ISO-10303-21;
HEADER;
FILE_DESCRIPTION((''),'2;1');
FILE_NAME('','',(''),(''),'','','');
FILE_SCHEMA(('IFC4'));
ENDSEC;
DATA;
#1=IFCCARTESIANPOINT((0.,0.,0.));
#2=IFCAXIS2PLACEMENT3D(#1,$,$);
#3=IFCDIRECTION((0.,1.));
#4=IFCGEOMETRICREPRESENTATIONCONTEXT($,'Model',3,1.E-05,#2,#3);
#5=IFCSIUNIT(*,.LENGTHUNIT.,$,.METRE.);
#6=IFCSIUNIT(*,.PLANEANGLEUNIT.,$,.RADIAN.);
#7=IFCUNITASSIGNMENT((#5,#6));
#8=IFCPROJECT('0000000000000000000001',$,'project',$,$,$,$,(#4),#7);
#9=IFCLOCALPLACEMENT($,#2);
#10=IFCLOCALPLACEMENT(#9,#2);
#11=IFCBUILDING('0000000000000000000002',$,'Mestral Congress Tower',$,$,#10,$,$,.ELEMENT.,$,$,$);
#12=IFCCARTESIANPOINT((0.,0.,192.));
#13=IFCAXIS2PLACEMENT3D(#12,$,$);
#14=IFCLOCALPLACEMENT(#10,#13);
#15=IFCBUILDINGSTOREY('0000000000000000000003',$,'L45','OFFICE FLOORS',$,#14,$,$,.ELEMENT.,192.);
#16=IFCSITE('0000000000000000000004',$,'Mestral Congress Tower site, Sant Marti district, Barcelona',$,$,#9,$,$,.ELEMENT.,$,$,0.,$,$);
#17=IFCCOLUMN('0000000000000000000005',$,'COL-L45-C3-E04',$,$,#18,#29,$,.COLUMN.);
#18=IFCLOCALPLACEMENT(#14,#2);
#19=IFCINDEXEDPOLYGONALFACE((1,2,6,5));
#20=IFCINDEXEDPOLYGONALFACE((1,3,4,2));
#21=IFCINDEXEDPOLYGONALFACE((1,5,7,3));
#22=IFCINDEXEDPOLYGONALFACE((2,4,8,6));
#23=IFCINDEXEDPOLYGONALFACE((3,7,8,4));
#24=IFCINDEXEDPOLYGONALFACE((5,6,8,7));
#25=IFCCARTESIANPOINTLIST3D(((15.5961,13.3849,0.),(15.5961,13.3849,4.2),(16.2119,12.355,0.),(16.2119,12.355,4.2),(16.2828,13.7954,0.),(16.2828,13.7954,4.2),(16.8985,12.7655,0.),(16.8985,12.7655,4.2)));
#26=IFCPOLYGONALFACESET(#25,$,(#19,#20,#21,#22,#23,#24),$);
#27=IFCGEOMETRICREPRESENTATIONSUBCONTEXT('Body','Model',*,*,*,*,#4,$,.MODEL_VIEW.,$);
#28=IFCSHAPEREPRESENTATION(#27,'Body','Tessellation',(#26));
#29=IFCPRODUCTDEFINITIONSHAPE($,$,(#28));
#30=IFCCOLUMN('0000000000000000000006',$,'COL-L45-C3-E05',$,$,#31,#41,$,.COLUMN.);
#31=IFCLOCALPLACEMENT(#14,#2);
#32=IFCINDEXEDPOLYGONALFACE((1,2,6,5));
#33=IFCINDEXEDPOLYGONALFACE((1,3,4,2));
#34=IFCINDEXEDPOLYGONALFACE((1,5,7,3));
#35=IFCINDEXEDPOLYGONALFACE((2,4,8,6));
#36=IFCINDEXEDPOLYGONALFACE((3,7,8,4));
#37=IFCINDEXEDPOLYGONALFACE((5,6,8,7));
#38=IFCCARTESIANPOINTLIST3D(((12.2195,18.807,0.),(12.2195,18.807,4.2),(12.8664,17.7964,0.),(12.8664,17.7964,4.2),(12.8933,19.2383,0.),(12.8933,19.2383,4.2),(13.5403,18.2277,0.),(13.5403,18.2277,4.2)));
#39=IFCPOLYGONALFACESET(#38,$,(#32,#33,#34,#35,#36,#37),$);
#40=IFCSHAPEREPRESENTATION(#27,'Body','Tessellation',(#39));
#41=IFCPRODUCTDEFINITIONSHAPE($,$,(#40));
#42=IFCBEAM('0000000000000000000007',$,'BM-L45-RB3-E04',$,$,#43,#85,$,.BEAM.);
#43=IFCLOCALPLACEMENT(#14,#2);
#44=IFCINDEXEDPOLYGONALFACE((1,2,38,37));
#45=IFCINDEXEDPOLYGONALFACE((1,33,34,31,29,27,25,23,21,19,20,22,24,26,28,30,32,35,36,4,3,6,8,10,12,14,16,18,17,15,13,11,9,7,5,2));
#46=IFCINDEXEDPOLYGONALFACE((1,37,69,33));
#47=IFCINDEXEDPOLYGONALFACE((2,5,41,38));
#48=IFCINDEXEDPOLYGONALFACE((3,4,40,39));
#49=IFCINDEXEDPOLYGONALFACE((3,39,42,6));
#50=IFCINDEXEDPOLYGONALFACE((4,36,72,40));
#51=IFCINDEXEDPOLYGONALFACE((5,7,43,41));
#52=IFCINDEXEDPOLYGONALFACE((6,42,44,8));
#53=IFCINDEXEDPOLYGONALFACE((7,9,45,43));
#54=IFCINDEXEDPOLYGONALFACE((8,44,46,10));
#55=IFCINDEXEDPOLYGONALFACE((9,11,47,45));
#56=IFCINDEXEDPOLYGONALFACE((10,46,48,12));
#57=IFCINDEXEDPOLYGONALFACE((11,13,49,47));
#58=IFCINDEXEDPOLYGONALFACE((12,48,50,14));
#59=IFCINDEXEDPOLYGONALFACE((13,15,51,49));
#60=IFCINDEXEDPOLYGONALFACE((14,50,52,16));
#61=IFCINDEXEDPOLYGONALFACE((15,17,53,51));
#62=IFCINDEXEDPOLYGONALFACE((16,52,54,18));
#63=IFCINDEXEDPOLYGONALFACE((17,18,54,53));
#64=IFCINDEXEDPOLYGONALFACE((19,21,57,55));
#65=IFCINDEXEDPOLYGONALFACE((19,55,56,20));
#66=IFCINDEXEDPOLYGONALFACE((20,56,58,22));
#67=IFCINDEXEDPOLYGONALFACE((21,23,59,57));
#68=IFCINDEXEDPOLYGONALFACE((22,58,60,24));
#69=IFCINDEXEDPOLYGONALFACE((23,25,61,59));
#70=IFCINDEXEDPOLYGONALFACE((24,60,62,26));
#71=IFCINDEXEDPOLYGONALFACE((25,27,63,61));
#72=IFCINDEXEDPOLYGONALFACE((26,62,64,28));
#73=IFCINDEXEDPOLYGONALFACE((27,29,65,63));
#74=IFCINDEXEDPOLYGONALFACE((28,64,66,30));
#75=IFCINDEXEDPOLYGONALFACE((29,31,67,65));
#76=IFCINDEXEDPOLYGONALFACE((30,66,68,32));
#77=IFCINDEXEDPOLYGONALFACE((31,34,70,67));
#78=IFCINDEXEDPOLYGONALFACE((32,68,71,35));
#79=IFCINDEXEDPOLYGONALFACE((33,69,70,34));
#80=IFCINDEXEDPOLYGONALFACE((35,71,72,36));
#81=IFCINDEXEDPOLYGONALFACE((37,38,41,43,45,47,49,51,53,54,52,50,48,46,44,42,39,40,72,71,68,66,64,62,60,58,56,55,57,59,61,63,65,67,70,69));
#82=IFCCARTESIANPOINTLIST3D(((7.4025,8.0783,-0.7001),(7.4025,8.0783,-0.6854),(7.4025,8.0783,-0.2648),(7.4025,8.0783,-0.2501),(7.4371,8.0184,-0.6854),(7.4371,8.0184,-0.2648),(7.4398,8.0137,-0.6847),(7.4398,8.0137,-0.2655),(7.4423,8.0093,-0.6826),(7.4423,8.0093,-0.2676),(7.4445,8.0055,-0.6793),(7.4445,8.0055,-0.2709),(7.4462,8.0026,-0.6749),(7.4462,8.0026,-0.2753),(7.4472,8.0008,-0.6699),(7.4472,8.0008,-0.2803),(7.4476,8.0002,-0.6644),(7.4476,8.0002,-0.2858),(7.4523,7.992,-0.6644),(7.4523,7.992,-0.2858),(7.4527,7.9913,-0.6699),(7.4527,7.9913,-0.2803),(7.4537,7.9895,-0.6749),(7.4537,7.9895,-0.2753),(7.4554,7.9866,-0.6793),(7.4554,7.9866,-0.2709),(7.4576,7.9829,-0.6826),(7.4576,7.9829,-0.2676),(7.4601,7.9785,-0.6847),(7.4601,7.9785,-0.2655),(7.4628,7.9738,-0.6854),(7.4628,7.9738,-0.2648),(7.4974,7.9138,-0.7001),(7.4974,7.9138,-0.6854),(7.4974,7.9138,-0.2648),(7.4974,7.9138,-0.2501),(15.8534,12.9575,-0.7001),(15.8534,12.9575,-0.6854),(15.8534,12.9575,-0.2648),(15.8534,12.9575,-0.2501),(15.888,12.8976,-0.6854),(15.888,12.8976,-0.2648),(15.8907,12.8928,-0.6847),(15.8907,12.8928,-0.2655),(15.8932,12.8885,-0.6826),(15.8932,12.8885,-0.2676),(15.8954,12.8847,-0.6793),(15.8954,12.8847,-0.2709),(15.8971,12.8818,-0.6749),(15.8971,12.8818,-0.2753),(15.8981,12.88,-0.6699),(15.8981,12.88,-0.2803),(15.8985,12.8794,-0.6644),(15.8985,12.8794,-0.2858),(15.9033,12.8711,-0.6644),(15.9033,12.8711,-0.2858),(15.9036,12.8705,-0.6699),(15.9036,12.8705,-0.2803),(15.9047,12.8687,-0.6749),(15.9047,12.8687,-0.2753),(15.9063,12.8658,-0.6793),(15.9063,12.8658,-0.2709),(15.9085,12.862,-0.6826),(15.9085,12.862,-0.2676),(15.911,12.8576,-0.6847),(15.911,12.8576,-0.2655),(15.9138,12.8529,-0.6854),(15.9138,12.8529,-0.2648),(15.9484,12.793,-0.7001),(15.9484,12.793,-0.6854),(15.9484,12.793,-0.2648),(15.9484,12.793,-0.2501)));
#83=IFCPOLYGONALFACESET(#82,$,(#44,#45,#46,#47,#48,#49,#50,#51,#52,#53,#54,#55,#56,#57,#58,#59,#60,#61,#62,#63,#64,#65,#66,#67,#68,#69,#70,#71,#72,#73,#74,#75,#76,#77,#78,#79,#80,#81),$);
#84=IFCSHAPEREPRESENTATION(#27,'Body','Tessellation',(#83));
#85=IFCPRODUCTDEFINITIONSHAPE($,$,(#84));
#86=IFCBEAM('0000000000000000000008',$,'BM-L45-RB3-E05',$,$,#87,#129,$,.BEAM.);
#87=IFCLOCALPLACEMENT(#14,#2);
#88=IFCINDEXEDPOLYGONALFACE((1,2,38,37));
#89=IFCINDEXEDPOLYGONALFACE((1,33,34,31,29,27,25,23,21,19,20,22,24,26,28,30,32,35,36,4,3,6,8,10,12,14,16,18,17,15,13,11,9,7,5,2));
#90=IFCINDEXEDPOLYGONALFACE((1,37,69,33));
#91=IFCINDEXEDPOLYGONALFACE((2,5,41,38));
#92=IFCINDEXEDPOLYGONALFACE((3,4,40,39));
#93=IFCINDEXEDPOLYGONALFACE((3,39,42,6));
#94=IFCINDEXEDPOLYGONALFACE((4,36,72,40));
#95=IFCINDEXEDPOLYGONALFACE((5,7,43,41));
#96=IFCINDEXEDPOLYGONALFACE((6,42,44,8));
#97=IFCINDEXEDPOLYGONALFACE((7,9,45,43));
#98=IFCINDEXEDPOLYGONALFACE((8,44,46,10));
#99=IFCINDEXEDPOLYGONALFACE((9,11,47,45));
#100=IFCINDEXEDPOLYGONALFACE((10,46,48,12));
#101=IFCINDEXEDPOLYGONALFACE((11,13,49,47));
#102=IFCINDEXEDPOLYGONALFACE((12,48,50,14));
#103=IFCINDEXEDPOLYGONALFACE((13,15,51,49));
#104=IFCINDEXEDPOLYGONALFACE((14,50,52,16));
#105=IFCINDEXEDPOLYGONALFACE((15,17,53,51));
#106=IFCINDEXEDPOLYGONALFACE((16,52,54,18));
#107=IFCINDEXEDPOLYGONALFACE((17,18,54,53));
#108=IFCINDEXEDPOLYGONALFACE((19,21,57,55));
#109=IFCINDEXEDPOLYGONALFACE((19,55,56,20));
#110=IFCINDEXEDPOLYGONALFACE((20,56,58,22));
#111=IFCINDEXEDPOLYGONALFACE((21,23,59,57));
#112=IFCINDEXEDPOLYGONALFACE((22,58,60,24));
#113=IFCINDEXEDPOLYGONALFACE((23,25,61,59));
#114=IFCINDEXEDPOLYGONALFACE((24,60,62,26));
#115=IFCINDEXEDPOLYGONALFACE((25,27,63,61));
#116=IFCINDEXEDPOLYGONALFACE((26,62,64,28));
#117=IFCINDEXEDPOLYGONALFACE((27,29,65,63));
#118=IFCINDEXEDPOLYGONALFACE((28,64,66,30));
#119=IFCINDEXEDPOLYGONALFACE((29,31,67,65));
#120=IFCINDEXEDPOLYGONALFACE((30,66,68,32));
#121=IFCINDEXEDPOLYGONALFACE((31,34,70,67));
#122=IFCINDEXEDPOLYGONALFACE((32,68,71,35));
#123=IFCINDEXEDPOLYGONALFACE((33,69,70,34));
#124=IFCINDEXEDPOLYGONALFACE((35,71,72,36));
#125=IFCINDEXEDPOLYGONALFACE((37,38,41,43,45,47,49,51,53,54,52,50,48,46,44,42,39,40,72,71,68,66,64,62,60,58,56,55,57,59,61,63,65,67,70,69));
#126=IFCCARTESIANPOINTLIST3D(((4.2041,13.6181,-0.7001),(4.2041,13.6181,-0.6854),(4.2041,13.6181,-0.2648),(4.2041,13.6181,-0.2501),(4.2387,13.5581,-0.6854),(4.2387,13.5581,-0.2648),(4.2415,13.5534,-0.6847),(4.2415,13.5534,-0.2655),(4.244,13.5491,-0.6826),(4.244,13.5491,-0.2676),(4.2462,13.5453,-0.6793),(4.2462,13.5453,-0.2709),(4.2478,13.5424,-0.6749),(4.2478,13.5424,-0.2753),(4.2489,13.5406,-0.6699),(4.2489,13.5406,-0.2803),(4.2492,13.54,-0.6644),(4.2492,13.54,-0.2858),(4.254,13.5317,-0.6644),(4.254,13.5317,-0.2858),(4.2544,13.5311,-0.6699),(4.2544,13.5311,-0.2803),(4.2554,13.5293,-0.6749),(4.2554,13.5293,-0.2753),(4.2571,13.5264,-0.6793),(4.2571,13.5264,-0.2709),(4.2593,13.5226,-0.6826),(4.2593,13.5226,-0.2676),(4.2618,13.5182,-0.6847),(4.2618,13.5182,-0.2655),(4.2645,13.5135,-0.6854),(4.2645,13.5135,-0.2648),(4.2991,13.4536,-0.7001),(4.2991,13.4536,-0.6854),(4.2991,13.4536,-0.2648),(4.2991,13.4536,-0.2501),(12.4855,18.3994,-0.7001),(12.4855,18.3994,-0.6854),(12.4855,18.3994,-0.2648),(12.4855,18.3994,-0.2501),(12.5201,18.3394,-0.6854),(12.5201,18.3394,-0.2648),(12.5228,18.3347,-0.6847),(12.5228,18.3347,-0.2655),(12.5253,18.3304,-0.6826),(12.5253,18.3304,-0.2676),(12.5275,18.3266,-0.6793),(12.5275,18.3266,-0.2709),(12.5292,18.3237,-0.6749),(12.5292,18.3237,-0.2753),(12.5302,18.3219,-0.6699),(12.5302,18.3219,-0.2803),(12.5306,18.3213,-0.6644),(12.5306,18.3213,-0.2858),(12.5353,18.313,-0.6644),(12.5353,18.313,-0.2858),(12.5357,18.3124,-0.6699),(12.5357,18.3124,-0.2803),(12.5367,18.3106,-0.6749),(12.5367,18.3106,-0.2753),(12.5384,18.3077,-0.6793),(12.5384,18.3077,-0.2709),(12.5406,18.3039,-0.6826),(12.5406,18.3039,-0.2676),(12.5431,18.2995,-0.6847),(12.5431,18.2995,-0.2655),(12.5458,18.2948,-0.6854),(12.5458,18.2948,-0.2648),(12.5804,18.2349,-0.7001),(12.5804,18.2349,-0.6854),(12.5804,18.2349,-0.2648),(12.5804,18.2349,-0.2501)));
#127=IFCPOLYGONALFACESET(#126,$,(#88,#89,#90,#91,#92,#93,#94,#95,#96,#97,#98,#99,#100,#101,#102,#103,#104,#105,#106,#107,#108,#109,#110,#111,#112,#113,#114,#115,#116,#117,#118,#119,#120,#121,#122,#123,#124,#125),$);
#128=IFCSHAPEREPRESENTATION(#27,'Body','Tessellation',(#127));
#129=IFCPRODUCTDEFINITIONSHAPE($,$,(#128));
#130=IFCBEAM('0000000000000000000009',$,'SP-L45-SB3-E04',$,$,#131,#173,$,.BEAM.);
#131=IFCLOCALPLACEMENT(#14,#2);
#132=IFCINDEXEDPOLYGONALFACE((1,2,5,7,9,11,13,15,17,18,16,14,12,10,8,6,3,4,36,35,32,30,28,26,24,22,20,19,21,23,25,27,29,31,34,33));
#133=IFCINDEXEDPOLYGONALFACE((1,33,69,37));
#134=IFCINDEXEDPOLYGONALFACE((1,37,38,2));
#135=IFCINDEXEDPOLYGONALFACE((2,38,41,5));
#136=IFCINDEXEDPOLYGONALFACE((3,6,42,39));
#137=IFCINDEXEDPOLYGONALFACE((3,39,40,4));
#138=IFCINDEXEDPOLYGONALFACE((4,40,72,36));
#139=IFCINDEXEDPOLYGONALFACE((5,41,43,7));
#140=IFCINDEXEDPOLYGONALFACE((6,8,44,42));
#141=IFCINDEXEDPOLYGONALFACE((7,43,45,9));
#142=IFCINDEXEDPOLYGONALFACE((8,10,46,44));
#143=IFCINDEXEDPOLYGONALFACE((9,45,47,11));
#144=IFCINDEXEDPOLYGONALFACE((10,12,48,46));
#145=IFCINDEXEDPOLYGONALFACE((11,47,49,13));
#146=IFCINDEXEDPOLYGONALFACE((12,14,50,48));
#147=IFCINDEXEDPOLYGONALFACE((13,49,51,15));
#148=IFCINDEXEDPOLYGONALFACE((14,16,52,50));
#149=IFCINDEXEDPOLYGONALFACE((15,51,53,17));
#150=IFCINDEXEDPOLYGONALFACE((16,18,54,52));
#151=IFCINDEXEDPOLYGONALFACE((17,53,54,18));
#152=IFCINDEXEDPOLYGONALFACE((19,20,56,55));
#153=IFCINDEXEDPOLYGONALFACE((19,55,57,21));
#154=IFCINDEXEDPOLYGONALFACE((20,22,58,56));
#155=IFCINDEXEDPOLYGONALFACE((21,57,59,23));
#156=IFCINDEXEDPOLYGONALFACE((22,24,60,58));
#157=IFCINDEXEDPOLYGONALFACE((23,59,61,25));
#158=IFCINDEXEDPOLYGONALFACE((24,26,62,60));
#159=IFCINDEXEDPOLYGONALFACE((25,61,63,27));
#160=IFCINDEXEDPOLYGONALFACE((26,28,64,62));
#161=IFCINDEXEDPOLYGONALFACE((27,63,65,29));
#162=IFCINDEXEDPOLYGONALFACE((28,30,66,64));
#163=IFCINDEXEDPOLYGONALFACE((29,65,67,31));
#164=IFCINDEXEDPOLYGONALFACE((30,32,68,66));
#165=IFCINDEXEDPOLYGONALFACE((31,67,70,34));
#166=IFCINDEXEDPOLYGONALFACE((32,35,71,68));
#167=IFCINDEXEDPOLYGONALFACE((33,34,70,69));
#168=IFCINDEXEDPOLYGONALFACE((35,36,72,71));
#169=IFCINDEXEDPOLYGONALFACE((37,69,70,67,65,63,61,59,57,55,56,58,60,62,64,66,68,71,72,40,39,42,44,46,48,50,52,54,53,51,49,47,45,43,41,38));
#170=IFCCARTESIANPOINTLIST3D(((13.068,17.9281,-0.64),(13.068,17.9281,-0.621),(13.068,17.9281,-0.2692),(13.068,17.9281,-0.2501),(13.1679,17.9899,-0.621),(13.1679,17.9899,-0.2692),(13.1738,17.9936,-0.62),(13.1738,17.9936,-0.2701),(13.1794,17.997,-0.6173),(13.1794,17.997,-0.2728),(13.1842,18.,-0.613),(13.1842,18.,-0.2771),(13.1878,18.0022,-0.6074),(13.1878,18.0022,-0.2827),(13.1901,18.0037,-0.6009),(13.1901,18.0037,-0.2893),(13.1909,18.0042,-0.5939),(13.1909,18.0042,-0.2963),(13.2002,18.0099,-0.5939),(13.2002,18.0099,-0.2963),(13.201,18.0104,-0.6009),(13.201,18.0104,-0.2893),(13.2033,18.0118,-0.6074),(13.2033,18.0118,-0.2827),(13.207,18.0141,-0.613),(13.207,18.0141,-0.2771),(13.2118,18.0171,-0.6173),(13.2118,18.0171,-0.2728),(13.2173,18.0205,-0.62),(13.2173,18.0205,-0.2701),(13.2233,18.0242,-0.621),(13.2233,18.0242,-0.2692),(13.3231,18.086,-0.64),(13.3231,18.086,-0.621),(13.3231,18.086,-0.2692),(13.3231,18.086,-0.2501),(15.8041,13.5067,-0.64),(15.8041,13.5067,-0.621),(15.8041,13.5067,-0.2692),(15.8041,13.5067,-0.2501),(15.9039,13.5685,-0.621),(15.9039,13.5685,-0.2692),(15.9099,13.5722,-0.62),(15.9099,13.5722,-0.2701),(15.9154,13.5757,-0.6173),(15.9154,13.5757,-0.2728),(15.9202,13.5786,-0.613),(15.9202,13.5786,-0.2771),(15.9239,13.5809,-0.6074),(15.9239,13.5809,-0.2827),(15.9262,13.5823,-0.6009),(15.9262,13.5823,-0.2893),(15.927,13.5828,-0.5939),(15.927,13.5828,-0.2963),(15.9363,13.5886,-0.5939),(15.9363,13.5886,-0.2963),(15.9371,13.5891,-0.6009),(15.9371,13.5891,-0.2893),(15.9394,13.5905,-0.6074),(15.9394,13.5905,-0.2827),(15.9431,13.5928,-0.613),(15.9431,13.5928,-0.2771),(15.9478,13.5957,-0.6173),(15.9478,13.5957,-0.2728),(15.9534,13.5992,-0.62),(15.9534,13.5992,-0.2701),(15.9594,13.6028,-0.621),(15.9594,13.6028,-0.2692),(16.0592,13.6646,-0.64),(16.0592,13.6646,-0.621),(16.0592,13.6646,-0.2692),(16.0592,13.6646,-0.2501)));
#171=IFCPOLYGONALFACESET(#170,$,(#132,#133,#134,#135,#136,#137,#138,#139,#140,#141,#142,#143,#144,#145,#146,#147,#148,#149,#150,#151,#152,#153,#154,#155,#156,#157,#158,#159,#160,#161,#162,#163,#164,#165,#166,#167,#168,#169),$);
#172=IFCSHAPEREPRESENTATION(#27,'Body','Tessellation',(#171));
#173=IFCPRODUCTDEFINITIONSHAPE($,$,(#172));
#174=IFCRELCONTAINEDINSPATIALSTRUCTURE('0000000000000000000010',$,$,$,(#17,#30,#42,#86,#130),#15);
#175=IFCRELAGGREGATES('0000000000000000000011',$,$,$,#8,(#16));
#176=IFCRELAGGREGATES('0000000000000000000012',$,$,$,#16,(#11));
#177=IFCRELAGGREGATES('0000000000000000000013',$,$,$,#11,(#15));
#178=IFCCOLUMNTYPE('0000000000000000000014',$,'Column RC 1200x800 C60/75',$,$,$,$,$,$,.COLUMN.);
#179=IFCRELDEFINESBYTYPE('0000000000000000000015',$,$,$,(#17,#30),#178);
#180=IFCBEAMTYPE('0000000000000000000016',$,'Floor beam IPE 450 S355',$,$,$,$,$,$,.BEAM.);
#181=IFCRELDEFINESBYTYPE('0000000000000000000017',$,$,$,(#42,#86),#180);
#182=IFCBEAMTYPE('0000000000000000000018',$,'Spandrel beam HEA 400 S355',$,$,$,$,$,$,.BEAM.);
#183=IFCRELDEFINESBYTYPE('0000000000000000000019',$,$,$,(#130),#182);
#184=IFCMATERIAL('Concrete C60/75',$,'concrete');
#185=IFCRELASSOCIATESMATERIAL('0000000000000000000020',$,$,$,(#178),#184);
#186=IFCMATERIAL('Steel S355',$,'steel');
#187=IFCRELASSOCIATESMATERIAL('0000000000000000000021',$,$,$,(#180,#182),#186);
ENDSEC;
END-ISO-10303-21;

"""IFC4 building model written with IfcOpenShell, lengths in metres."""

from ifc_helpers import new_model, si_unit, direction, frame, origin, origin_2d, place, context, subcontext, project, spatial, rectangle, i_section, extrude, material, material_profile, profile_set, type_object, element, save


model = new_model("IFC4")

# Units and contexts
model_context = context("Model", 3, precision=1e-05, world=origin(), true_north=direction((0.0, 1.0)))
body_context = subcontext(model_context, "Body", "Model", "MODEL_VIEW")
ifc_project = project(units=[si_unit("LENGTHUNIT", "METRE"), si_unit("PLANEANGLEUNIT", "RADIAN")], contexts=[model_context])

# Site, building, storey
site_placement = place(None, origin())
site = spatial("IfcSite", under=ifc_project, at=site_placement, Name="Mestral Congress Tower site, Sant Marti district, Barcelona", CompositionType="ELEMENT", RefElevation=0.0)
building_placement = place(site_placement, origin())
building = spatial("IfcBuilding", under=site, at=building_placement, Name="Mestral Congress Tower", CompositionType="ELEMENT")
storey_placement = place(building_placement, frame((0.0, 0.0, 192.0)))
storey = spatial("IfcBuildingStorey", under=building, at=storey_placement, Name="L45", Description="OFFICE FLOORS", CompositionType="ELEMENT", Elevation=192.0)

# Columns
ifc_material_1 = material(Name="Concrete C60/75", Category="concrete")
ifc_material_profile_1 = material_profile(ifc_material_1, rectangle(XDim=1.2, YDim=0.8, at=origin_2d()), Name="RC 1200x800")
ifc_profile_set_1 = profile_set([ifc_material_profile_1], Name="Concrete C60/75")
column_type = type_object("IfcColumnType", Name="Column RC 1200x800 C60/75", PredefinedType="COLUMN", material=ifc_profile_set_1)
for number, where, z_axis, x_axis, name in (
    (1, (16.2473, 13.0752, 0.0), (0.0, 0.0, 1.0), (-0.513159, 0.858293, 0.0), "COL-L45-C3-E04"),
    (2, (12.8799, 18.5173, 0.0), (0.0, 0.0, 1.0), (-0.539115, 0.842232, 0.0), "COL-L45-C3-E05"),
):
    element("IfcColumn", number, at=place(storey_placement, frame(where, z_axis=z_axis, x_axis=x_axis)), inside=storey, type_object=column_type, Name=name, PredefinedType="COLUMN", context=body_context, shape_type="SweptSolid", body=[
        extrude(rectangle(XDim=1.2, YDim=0.8, at=origin_2d()), origin(), (0.0, 0.0, 1.0), 4.2),
    ])

# Beams
ifc_material_2 = material(Name="Steel S355", Category="steel")
ifc_material_profile_2 = material_profile(ifc_material_2, i_section(OverallWidth=0.1899, OverallDepth=0.45, WebThickness=0.0095, FlangeThickness=0.0146, FilletRadius=0.021, at=origin_2d()), Name="IPE 450")
ifc_profile_set_2 = profile_set([ifc_material_profile_2], Name="Steel S355")
beam_type_1 = type_object("IfcBeamType", Name="Floor beam IPE 450 S355", PredefinedType="BEAM", material=ifc_profile_set_2)
beam_1_placement = place(storey_placement, frame((15.9009, 12.8752, -0.4751), z_axis=(-0.866025, -0.5, 0.0), x_axis=(0.5, -0.866025, 0.0)))
element("IfcBeam", 3, at=beam_1_placement, inside=storey, type_object=beam_type_1, Name="BM-L45-RB3-E04", PredefinedType="BEAM", context=body_context, shape_type="SweptSolid", body=[
    extrude(i_section(OverallWidth=0.1899, OverallDepth=0.45, WebThickness=0.0095, FlangeThickness=0.0146, FilletRadius=0.021, at=origin_2d()), origin(), (0.0, 0.0, 1.0), 9.7583),
])
beam_2_placement = place(storey_placement, frame((12.533, 18.3171, -0.4751), z_axis=(-0.866022, -0.500005, 0.0), x_axis=(0.500005, -0.866022, 0.0)))
element("IfcBeam", 4, at=beam_2_placement, inside=storey, type_object=beam_type_1, Name="BM-L45-RB3-E05", PredefinedType="BEAM", context=body_context, shape_type="SweptSolid", body=[
    extrude(i_section(OverallWidth=0.1899, OverallDepth=0.45, WebThickness=0.0095, FlangeThickness=0.0146, FilletRadius=0.021, at=origin_2d()), origin(), (0.0, 0.0, 1.0), 9.5625),
])
ifc_material_profile_3 = material_profile(ifc_material_2, i_section(OverallWidth=0.3, OverallDepth=0.3899, WebThickness=0.011, FlangeThickness=0.019, FilletRadius=0.0271, at=origin_2d()), Name="HEA 400")
ifc_profile_set_3 = profile_set([ifc_material_profile_3], Name="Steel S355")
beam_type_2 = type_object("IfcBeamType", Name="Spandrel beam HEA 400 S355", PredefinedType="BEAM", material=ifc_profile_set_3)
for number, where, z_axis, x_axis, name in (
    (5, (15.9316, 13.5857, -0.4451), (-0.52622, 0.850348, 0.0), (-0.850348, -0.52622, 0.0), "SP-L45-SB3-E04"),
):
    element("IfcBeam", number, at=place(storey_placement, frame(where, z_axis=z_axis, x_axis=x_axis)), inside=storey, type_object=beam_type_2, Name=name, PredefinedType="BEAM", context=body_context, shape_type="SweptSolid", body=[
        extrude(i_section(OverallWidth=0.3, OverallDepth=0.3899, WebThickness=0.011, FlangeThickness=0.019, FilletRadius=0.0271, at=origin_2d()), origin(), (0.0, 0.0, 1.0), 5.1995),
    ])

save(model, "model.ifc")
